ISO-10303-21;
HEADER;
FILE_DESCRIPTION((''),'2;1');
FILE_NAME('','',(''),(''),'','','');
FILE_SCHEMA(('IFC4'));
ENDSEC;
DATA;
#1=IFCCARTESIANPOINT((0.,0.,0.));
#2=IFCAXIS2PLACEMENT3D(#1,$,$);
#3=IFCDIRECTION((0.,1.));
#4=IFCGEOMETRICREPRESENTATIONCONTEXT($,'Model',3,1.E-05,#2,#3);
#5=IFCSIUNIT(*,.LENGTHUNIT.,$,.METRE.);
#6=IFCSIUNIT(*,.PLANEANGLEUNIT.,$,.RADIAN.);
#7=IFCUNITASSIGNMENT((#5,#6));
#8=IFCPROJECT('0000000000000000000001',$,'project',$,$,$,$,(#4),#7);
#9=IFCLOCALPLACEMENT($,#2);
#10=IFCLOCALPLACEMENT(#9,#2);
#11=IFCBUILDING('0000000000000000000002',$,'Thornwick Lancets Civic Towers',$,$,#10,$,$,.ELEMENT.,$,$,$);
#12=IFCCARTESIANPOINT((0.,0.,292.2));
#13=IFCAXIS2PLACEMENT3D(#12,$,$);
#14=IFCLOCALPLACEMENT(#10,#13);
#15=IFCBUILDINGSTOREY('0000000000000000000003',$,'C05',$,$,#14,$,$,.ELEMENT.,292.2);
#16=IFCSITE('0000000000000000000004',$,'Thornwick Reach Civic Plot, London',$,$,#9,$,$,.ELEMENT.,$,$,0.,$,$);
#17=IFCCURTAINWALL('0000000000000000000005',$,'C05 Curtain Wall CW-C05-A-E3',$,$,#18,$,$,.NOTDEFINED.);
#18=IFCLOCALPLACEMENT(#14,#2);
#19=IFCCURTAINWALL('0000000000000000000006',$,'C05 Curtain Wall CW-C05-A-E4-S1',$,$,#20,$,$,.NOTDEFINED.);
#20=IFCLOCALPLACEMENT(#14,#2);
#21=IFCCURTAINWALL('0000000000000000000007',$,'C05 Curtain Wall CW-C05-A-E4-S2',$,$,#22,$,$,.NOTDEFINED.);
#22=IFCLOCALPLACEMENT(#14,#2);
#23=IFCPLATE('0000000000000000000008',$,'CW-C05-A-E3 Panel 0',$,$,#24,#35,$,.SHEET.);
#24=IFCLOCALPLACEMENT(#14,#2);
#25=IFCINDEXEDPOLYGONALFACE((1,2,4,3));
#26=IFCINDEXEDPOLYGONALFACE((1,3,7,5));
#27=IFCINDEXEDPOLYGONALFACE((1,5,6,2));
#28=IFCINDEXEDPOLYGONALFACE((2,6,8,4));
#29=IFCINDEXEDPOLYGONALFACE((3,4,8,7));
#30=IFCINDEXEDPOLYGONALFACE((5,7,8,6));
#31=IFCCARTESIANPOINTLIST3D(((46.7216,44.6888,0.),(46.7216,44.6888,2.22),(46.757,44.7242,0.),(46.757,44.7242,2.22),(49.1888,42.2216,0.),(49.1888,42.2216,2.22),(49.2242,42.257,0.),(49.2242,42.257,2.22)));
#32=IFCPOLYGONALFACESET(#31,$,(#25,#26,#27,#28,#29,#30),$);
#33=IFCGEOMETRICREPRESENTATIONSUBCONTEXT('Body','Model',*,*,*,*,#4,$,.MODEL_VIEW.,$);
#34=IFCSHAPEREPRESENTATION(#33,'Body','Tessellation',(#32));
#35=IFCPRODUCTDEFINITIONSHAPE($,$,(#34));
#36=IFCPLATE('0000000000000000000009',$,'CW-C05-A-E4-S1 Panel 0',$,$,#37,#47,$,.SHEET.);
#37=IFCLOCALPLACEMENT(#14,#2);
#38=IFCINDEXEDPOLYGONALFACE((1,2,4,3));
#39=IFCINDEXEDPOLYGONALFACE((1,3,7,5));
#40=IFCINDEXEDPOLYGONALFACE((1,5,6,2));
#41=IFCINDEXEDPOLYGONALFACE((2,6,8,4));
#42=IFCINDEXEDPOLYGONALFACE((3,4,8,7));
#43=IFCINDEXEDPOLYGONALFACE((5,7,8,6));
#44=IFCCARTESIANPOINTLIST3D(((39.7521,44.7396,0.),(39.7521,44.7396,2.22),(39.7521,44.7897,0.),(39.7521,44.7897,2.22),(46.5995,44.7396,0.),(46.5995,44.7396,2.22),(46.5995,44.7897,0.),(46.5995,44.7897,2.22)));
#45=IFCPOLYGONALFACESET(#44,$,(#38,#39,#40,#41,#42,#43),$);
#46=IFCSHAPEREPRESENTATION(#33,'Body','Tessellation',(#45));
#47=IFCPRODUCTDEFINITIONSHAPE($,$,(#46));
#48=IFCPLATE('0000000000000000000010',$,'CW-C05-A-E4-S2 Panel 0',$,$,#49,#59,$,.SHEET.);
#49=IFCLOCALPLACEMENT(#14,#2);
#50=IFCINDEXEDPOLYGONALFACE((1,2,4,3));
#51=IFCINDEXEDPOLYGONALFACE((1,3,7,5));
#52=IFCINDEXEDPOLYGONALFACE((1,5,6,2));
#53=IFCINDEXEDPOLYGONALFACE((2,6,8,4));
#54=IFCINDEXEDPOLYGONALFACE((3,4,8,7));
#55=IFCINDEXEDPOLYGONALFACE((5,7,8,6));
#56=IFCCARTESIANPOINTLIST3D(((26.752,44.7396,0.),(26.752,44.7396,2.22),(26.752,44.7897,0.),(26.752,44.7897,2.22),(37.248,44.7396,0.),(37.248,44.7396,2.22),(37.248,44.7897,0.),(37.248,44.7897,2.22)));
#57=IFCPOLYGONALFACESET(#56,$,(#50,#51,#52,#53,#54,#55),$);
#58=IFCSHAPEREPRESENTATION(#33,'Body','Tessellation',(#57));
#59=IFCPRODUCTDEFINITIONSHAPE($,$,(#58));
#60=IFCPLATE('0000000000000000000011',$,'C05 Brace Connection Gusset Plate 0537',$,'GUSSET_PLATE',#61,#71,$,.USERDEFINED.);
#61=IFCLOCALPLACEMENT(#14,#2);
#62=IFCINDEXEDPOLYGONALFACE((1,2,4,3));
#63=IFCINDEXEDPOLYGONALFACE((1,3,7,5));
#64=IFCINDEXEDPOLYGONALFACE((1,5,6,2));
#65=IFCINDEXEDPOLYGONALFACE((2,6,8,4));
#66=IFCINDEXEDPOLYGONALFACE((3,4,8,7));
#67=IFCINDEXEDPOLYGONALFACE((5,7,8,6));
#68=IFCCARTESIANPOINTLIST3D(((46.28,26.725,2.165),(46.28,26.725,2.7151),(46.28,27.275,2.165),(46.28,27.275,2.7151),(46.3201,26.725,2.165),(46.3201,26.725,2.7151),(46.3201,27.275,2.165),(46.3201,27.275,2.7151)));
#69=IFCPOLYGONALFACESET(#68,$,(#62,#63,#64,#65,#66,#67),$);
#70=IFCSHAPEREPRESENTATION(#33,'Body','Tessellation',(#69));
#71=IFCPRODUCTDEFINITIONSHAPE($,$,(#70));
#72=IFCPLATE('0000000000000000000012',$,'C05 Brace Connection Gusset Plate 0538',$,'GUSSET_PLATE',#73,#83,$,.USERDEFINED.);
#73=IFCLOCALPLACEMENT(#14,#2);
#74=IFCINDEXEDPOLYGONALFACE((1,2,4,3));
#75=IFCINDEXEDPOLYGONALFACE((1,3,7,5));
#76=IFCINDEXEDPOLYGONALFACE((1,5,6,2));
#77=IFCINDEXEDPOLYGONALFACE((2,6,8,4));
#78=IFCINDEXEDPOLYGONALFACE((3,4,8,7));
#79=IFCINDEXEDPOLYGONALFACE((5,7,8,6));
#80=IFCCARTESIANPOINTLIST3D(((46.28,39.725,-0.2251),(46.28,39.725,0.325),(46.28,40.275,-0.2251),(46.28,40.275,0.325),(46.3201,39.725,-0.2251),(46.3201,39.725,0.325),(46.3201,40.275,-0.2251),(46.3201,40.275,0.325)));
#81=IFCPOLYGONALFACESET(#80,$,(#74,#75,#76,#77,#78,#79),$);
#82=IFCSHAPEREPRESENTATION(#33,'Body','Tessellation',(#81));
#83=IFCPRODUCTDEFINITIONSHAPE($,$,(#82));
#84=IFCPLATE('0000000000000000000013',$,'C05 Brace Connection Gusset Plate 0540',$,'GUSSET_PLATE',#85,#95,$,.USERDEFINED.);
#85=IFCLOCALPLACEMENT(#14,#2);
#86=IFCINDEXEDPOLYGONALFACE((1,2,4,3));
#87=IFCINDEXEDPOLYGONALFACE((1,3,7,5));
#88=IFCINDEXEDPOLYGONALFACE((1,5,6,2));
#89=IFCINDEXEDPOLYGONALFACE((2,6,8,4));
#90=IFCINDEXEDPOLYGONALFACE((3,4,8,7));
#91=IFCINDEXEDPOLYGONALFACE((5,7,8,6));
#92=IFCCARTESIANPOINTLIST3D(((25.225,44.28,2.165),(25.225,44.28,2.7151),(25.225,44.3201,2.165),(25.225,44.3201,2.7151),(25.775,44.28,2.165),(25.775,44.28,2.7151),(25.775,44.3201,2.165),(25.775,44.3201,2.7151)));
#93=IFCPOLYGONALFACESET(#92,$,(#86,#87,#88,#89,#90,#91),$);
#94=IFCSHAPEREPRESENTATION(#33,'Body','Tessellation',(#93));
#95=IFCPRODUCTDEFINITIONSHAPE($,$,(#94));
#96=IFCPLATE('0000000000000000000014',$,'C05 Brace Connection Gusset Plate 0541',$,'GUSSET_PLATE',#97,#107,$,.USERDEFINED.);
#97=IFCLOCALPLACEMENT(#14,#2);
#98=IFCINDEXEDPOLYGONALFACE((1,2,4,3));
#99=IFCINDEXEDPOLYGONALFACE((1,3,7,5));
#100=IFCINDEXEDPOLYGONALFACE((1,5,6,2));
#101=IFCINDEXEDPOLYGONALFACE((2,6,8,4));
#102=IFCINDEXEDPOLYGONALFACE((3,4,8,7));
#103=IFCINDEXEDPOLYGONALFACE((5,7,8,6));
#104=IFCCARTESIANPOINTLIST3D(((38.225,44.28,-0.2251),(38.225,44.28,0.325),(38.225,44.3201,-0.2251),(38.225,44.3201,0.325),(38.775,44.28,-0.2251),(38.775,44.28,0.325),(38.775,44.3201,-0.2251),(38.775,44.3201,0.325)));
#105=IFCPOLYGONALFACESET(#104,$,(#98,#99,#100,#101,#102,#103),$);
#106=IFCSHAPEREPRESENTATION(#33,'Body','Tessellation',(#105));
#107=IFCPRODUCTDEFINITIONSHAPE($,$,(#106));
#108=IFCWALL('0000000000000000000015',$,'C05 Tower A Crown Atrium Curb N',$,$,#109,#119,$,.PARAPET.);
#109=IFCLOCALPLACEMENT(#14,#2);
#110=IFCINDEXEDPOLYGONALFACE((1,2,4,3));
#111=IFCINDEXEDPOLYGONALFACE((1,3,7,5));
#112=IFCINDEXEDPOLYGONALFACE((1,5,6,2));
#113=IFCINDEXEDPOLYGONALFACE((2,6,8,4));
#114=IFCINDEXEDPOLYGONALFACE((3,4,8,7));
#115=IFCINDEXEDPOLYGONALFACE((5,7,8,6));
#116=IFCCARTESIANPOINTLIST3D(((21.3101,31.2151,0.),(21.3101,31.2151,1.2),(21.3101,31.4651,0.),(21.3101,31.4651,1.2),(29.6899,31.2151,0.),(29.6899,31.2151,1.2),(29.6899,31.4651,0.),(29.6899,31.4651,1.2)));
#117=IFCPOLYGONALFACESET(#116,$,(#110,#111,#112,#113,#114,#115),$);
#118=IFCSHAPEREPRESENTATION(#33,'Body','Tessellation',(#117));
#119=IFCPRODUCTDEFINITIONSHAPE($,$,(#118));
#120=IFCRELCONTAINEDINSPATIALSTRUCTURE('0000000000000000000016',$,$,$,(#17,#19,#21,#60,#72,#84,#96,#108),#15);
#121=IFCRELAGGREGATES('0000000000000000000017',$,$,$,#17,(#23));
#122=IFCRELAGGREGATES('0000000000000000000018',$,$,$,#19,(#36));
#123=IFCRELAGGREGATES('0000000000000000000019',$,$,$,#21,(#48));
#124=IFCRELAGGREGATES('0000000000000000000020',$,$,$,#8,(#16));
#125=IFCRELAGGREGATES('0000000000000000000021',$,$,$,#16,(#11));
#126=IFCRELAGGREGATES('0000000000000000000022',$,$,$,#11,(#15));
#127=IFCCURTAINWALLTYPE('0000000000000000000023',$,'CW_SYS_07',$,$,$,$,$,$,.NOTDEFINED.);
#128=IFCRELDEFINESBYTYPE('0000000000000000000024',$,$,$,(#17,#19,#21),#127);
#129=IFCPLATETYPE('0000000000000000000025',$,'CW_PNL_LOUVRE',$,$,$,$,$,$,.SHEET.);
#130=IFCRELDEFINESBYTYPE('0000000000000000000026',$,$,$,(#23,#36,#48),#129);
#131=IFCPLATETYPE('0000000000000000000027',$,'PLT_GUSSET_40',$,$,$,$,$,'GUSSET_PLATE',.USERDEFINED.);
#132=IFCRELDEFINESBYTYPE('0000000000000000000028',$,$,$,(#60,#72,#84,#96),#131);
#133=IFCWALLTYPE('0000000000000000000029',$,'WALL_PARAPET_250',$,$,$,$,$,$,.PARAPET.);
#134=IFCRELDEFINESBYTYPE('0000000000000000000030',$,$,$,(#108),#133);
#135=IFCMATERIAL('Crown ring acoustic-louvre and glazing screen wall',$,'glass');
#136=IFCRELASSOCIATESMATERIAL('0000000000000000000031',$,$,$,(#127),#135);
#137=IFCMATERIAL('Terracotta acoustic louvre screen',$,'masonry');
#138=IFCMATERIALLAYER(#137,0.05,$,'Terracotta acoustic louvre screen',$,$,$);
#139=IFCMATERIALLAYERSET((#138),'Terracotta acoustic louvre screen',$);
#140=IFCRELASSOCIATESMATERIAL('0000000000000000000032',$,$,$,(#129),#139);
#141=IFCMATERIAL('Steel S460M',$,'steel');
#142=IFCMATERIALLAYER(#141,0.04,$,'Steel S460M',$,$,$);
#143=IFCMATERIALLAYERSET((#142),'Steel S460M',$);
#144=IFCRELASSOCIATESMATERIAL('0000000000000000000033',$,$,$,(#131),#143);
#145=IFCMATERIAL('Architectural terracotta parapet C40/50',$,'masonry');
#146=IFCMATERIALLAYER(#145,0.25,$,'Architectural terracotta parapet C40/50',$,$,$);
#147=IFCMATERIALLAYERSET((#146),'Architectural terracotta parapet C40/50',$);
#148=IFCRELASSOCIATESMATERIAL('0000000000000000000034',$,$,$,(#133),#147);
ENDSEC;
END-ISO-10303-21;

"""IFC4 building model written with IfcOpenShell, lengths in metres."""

from ifc_helpers import new_model, si_unit, direction, frame, frame_2d, origin, origin_2d, place, context, subcontext, project, spatial, rectangle, extrude, material, layer, layer_set, type_object, element, aggregate, save


model = new_model("IFC4")

# Units and contexts
model_context = context("Model", 3, precision=1e-05, world=origin(), true_north=direction((0.0, 1.0)))
body_context = subcontext(model_context, "Body", "Model", "MODEL_VIEW")
ifc_project = project(units=[si_unit("LENGTHUNIT", "METRE"), si_unit("PLANEANGLEUNIT", "RADIAN")], contexts=[model_context])

# Site, building, storey
site_placement = place(None, origin())
site = spatial("IfcSite", under=ifc_project, at=site_placement, Name="Thornwick Reach Civic Plot, London", CompositionType="ELEMENT", RefElevation=0.0)
building_placement = place(site_placement, origin())
building = spatial("IfcBuilding", under=site, at=building_placement, Name="Thornwick Lancets Civic Towers", CompositionType="ELEMENT")
storey_placement = place(building_placement, frame((0.0, 0.0, 292.2)))
storey = spatial("IfcBuildingStorey", under=building, at=storey_placement, Name="C05", CompositionType="ELEMENT", Elevation=292.2)

# Curtain walls
ifc_material_1 = material(Name="Crown ring acoustic-louvre and glazing screen wall", Category="glass")
curtain_wall_type = type_object("IfcCurtainWallType", Name="CW_SYS_07", PredefinedType="NOTDEFINED", material=ifc_material_1)
curtain_wall_1_placement = place(storey_placement, origin())
curtain_wall_1 = element("IfcCurtainWall", 1, at=curtain_wall_1_placement, inside=storey, type_object=curtain_wall_type, Name="C05 Curtain Wall CW-C05-A-E3", PredefinedType="NOTDEFINED")
curtain_wall_2_placement = place(storey_placement, origin())
curtain_wall_2 = element("IfcCurtainWall", 2, at=curtain_wall_2_placement, inside=storey, type_object=curtain_wall_type, Name="C05 Curtain Wall CW-C05-A-E4-S1", PredefinedType="NOTDEFINED")
curtain_wall_3_placement = place(storey_placement, origin())
curtain_wall_3 = element("IfcCurtainWall", 3, at=curtain_wall_3_placement, inside=storey, type_object=curtain_wall_type, Name="C05 Curtain Wall CW-C05-A-E4-S2", PredefinedType="NOTDEFINED")

# Plates
ifc_material_2 = material(Name="Terracotta acoustic louvre screen", Category="masonry")
ifc_layer_1 = layer(ifc_material_2, 0.05, Name="Terracotta acoustic louvre screen")
ifc_layer_set_1 = layer_set([ifc_layer_1], Name="Terracotta acoustic louvre screen")
plate_type_1 = type_object("IfcPlateType", Name="CW_PNL_LOUVRE", PredefinedType="SHEET", material=ifc_layer_set_1)
plate_1_placement = place(storey_placement, frame((47.9729, 43.4729, 0.0), z_axis=(0.0, 0.0, 1.0), x_axis=(-0.707107, 0.707107, 0.0)))
plate_1 = element("IfcPlate", 4, at=plate_1_placement, type_object=plate_type_1, Name="CW-C05-A-E3 Panel 0", PredefinedType="SHEET", context=body_context, shape_type="SweptSolid", body=[
    extrude(rectangle(XDim=3.4893, YDim=0.05, at=origin_2d()), origin(), (0.0, 0.0, 1.0), 2.22),
])
aggregate(curtain_wall_1, [plate_1])
plate_2_placement = place(storey_placement, frame((43.1758, 44.7646, 0.0), z_axis=(0.0, 0.0, 1.0), x_axis=(-1.0, 0.0, 0.0)))
plate_2 = element("IfcPlate", 5, at=plate_2_placement, type_object=plate_type_1, Name="CW-C05-A-E4-S1 Panel 0", PredefinedType="SHEET", context=body_context, shape_type="SweptSolid", body=[
    extrude(rectangle(XDim=6.8474, YDim=0.05, at=origin_2d()), origin(), (0.0, 0.0, 1.0), 2.22),
])
aggregate(curtain_wall_2, [plate_2])
plate_3_placement = place(storey_placement, frame((32.0, 44.7646, 0.0), z_axis=(0.0, 0.0, 1.0), x_axis=(-1.0, 0.0, 0.0)))
plate_3 = element("IfcPlate", 6, at=plate_3_placement, type_object=plate_type_1, Name="CW-C05-A-E4-S2 Panel 0", PredefinedType="SHEET", context=body_context, shape_type="SweptSolid", body=[
    extrude(rectangle(XDim=10.4961, YDim=0.05, at=origin_2d()), origin(), (0.0, 0.0, 1.0), 2.22),
])
aggregate(curtain_wall_3, [plate_3])

# Plates
ifc_material_3 = material(Name="Steel S460M", Category="steel")
ifc_layer_2 = layer(ifc_material_3, 0.04, Name="Steel S460M")
ifc_layer_set_2 = layer_set([ifc_layer_2], Name="Steel S460M")
plate_type_2 = type_object("IfcPlateType", Name="PLT_GUSSET_40", ElementType="GUSSET_PLATE", PredefinedType="USERDEFINED", material=ifc_layer_set_2)
for number, where, z_axis, x_axis, name in (
    (7, (46.3, 27.0, 2.165), (0.0, 0.0, 1.0), (0.0, 1.0, 0.0), "C05 Brace Connection Gusset Plate 0537"),
    (8, (46.3, 40.0, -0.2251), (0.0, 0.0, 1.0), (0.0, -1.0, 0.0), "C05 Brace Connection Gusset Plate 0538"),
    (9, (25.5, 44.3, 2.165), (0.0, 0.0, 1.0), (1.0, 0.0, 0.0), "C05 Brace Connection Gusset Plate 0540"),
    (10, (38.5, 44.3, -0.2251), (0.0, 0.0, 1.0), (-1.0, 0.0, 0.0), "C05 Brace Connection Gusset Plate 0541"),
):
    element("IfcPlate", number, at=place(storey_placement, frame(where, z_axis=z_axis, x_axis=x_axis)), inside=storey, type_object=plate_type_2, Name=name, ObjectType="GUSSET_PLATE", PredefinedType="USERDEFINED", context=body_context, shape_type="SweptSolid", body=[
        extrude(rectangle(XDim=0.55, YDim=0.04, at=origin_2d()), origin(), (0.0, 0.0, 1.0), 0.55),
    ])

# Wall
ifc_material_4 = material(Name="Architectural terracotta parapet C40/50", Category="masonry")
ifc_layer_3 = layer(ifc_material_4, 0.25, Name="Architectural terracotta parapet C40/50")
ifc_layer_set_3 = layer_set([ifc_layer_3], Name="Architectural terracotta parapet C40/50")
wall_type = type_object("IfcWallType", Name="WALL_PARAPET_250", PredefinedType="PARAPET", material=ifc_layer_set_3)
wall_placement = place(storey_placement, frame((29.6899, 31.3401, 0.0), z_axis=(0.0, 0.0, 1.0), x_axis=(-1.0, 0.0, 0.0)))
element("IfcWall", 11, at=wall_placement, inside=storey, type_object=wall_type, Name="C05 Tower A Crown Atrium Curb N", PredefinedType="PARAPET", context=body_context, shape_type="SweptSolid", body=[
    extrude(rectangle(XDim=8.3799, YDim=0.25, at=frame_2d((4.1899, 0.0))), origin(), (0.0, 0.0, 1.0), 1.2),
])

save(model, "model.ifc")
